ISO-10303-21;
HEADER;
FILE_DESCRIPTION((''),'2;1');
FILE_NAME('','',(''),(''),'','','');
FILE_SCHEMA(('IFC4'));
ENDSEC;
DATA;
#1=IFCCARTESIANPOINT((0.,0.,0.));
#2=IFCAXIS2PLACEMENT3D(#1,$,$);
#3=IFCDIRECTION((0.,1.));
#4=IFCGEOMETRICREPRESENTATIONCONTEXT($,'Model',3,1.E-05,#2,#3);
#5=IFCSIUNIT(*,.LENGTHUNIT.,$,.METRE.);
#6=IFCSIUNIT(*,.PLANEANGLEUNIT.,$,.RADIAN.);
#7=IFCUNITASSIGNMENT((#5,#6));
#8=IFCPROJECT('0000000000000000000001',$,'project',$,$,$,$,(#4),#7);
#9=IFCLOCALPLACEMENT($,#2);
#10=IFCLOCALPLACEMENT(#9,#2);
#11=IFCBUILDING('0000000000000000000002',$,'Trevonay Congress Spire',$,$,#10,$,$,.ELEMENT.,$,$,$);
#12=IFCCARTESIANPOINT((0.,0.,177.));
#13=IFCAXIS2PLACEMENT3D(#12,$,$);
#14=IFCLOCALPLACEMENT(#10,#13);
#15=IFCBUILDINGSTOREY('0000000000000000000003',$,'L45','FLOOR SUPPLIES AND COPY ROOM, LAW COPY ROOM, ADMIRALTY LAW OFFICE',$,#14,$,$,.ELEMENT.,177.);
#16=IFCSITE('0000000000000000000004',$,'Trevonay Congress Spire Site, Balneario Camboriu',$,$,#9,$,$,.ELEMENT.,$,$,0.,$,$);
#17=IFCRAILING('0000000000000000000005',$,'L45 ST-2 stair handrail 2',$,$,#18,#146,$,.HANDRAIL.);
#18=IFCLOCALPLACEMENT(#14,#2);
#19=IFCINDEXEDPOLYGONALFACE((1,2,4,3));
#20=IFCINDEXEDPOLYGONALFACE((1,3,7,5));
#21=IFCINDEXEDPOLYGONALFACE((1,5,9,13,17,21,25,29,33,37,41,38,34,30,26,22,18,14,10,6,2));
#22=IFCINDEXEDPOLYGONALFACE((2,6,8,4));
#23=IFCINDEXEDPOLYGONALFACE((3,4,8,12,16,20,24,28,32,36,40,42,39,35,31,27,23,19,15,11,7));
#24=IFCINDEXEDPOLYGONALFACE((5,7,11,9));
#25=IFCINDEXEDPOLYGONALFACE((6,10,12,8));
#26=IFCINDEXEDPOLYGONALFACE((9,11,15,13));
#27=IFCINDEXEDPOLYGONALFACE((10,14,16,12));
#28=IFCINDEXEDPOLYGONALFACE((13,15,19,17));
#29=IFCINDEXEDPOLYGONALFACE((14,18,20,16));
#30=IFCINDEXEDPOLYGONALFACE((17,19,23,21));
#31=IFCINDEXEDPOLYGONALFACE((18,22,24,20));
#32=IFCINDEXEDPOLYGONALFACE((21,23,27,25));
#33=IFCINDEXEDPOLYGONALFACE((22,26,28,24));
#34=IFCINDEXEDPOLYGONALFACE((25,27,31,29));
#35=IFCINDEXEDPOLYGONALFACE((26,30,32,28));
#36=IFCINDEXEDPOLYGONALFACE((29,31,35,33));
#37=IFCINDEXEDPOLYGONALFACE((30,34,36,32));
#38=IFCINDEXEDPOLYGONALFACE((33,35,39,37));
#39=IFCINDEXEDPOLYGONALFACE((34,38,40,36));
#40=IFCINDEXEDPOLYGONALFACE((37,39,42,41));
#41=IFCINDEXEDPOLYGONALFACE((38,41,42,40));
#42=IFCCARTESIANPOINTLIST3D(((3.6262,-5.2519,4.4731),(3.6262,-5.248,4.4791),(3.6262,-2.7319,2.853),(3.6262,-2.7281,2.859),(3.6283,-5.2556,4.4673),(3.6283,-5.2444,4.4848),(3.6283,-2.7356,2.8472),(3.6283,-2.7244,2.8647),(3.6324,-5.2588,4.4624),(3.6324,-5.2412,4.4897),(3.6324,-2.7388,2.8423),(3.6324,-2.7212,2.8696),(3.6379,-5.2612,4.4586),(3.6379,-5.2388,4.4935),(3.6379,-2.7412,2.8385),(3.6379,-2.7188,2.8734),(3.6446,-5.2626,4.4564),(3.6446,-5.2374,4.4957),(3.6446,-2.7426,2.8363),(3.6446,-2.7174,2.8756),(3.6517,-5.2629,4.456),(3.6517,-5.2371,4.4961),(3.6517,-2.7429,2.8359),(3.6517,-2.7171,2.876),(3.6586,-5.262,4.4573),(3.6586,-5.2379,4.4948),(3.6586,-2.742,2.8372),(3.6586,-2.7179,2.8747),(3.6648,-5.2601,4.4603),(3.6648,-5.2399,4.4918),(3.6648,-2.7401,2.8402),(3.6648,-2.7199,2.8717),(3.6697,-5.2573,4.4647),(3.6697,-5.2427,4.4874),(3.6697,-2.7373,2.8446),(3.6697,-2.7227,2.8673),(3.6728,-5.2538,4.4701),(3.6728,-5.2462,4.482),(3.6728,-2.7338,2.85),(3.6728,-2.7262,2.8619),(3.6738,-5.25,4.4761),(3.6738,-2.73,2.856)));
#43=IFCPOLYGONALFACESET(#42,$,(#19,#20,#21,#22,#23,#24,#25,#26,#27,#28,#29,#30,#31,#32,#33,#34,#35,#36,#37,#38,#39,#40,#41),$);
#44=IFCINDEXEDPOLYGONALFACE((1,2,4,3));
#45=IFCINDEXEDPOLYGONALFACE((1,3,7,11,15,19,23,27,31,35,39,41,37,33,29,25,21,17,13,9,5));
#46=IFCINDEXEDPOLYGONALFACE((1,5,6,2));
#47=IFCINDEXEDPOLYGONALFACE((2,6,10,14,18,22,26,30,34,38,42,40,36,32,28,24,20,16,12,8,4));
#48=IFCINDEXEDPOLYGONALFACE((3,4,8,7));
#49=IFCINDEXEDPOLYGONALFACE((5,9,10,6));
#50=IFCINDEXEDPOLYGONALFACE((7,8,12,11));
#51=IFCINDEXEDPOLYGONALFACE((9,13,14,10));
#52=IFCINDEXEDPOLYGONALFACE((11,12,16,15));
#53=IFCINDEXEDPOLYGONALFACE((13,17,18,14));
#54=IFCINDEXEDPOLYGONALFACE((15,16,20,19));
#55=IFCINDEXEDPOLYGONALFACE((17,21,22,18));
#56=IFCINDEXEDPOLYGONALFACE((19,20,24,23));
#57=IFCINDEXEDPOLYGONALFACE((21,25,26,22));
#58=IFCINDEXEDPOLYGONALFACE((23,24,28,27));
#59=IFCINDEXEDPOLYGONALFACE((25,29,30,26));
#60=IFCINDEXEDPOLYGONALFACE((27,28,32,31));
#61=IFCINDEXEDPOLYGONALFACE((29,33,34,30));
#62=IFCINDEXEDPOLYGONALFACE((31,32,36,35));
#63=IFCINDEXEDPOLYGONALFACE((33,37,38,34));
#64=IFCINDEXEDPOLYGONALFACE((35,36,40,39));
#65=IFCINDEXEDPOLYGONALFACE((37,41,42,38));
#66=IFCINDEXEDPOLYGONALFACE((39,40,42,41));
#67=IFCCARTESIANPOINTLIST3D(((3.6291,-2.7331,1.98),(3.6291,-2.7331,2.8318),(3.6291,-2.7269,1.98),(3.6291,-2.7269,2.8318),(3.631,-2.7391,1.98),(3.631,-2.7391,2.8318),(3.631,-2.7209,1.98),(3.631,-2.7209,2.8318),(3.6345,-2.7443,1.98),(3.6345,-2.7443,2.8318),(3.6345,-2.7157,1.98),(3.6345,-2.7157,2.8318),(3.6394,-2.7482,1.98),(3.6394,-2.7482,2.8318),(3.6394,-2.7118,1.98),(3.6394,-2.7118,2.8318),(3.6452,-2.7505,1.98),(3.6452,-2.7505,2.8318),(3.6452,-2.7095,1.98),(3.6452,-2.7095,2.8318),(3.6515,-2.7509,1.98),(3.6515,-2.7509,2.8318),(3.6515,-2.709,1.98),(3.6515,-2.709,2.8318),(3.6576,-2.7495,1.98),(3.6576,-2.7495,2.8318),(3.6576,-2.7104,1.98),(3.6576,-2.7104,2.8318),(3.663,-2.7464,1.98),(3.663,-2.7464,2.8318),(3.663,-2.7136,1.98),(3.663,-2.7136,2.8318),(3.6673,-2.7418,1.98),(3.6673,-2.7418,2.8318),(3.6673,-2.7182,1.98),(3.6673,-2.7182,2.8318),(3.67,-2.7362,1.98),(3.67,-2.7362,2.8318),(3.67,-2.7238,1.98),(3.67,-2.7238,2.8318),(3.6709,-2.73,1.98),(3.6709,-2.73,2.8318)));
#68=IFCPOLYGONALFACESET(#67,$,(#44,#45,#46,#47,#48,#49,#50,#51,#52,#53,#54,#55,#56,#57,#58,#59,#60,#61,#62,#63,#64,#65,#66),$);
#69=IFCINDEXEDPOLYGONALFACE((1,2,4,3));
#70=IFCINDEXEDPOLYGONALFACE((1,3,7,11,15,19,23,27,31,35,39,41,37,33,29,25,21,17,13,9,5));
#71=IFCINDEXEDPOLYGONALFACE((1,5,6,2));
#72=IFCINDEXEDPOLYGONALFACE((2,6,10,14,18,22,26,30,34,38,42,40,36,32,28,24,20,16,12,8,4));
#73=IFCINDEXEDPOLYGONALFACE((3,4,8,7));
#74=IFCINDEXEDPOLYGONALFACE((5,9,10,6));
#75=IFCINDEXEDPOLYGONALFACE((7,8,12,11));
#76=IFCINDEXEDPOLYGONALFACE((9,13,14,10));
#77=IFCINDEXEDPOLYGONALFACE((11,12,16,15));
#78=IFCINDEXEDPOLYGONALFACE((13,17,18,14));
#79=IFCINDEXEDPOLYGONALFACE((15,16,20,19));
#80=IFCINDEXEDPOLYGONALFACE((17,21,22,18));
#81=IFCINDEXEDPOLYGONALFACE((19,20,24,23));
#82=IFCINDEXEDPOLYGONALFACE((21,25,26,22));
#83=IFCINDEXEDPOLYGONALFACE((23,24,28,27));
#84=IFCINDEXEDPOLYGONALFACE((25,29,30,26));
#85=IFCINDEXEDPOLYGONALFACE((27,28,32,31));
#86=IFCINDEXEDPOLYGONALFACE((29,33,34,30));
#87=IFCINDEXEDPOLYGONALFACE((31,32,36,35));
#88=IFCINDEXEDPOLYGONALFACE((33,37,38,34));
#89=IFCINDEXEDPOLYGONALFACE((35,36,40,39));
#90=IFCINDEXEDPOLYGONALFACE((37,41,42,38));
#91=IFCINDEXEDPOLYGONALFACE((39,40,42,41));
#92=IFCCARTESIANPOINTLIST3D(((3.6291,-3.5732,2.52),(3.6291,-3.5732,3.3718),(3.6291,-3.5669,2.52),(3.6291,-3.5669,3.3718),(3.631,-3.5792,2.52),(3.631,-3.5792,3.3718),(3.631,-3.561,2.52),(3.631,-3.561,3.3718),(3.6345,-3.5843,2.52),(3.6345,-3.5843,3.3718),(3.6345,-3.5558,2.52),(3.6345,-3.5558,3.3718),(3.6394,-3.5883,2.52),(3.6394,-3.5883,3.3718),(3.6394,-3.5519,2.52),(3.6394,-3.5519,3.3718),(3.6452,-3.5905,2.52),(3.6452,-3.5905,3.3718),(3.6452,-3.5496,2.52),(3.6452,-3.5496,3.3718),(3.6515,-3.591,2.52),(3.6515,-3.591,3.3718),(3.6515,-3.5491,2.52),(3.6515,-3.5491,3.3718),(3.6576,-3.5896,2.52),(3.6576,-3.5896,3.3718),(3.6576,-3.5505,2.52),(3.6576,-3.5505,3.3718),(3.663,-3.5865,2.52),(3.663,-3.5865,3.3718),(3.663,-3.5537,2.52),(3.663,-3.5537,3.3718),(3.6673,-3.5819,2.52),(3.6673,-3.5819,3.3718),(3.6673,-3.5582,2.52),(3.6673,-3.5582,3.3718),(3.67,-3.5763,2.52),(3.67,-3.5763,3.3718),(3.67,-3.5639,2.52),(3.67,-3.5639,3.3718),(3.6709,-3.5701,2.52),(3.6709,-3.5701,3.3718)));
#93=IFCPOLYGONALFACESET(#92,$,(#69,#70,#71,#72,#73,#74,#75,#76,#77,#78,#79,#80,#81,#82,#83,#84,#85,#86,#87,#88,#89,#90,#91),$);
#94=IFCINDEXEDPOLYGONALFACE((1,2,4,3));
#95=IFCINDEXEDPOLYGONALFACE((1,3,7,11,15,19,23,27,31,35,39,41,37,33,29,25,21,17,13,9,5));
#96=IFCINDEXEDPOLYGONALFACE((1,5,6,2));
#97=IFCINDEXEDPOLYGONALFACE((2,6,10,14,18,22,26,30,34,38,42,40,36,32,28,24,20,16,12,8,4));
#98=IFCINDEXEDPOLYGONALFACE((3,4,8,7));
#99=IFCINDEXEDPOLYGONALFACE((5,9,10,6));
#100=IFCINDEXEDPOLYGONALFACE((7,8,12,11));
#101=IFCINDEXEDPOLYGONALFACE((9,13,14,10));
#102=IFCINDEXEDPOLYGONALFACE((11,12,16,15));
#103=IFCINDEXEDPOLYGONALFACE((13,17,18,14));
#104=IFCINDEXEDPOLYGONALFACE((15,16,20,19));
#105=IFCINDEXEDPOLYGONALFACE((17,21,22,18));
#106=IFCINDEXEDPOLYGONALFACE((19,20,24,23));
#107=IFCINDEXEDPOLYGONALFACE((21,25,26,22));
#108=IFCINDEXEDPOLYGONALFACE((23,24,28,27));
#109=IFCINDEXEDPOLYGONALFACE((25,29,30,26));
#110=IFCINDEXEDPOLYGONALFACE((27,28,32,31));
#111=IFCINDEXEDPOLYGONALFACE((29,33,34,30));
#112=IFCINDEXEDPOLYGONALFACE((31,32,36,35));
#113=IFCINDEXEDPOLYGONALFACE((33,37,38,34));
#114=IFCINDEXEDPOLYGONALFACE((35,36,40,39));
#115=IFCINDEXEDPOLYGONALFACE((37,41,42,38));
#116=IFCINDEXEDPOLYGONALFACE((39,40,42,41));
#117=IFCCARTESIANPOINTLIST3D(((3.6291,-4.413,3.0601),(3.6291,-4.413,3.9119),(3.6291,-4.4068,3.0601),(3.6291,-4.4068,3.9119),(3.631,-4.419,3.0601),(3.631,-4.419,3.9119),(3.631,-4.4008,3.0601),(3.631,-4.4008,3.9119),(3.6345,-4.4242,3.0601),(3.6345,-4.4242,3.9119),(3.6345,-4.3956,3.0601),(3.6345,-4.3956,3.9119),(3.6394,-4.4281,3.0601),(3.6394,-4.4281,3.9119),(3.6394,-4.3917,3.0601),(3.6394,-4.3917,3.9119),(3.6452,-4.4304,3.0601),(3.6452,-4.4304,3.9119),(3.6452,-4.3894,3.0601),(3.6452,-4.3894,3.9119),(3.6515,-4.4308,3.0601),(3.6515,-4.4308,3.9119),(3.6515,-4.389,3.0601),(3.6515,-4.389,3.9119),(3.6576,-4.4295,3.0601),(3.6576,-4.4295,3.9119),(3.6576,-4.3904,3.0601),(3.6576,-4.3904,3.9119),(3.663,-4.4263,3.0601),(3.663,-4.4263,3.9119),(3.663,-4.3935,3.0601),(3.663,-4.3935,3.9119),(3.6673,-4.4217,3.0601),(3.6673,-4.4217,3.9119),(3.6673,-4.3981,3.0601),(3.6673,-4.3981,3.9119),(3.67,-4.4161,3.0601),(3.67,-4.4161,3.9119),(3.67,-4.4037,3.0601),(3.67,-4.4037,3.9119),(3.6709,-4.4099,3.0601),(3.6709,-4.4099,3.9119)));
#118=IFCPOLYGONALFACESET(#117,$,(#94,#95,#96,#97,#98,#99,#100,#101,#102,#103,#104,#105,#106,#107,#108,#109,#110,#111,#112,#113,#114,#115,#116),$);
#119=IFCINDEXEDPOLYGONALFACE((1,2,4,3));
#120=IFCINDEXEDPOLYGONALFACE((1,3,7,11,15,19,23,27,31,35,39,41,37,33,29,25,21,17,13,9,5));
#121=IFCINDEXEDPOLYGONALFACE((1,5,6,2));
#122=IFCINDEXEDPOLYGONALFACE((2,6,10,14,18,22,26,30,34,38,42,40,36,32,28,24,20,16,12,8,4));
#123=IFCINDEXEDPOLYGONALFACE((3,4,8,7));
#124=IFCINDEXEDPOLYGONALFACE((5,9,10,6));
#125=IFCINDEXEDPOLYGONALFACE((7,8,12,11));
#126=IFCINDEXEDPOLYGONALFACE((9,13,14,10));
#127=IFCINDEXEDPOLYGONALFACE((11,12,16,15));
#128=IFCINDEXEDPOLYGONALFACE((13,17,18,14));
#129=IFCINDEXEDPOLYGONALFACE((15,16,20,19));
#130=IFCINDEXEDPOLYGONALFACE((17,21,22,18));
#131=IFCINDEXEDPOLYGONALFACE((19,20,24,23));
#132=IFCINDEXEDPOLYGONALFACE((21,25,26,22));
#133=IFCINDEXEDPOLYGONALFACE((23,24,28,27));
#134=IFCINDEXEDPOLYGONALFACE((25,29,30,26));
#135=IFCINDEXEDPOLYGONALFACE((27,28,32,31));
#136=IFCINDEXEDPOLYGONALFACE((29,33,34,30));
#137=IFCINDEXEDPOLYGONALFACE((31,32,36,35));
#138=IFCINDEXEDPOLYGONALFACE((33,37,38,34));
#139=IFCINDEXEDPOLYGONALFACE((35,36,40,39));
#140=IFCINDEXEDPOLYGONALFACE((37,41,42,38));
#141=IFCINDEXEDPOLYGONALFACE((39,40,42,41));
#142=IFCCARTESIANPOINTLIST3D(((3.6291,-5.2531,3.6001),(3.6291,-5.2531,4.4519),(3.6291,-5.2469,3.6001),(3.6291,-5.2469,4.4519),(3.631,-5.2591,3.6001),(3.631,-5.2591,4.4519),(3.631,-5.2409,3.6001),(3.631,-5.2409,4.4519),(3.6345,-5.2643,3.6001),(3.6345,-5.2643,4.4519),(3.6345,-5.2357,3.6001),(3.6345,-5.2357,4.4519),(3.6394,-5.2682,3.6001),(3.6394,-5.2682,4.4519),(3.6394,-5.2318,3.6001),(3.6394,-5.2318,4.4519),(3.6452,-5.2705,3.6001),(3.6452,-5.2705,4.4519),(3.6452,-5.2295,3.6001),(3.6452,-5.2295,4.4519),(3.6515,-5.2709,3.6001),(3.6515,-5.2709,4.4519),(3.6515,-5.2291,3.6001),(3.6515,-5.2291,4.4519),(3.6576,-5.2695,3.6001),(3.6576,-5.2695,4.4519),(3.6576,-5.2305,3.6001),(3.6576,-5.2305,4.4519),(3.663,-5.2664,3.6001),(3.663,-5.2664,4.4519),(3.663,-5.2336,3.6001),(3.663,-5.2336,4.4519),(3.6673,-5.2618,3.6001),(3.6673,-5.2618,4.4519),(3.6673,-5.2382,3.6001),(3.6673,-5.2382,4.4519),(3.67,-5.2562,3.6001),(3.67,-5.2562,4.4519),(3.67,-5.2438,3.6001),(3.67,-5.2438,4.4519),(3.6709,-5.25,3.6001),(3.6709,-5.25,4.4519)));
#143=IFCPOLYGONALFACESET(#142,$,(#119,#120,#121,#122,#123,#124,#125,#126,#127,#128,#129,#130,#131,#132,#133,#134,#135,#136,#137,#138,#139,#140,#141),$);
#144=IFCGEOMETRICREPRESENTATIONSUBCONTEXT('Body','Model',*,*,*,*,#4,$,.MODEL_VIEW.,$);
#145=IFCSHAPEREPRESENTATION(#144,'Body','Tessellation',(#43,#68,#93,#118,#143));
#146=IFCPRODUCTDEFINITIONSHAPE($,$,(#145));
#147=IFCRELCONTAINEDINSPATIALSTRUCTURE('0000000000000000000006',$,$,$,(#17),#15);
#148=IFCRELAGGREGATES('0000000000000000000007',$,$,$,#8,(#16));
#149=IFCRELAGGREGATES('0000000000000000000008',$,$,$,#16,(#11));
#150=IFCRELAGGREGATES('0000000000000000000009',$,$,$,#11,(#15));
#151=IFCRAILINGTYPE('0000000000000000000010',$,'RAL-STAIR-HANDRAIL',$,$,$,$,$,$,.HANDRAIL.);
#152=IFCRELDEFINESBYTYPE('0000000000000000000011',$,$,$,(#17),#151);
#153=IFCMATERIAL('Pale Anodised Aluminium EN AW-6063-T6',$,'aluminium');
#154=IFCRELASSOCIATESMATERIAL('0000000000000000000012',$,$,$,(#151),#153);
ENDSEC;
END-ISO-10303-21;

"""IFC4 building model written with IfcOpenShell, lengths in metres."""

from ifc_helpers import new_model, si_unit, direction, frame, origin, origin_2d, place, context, subcontext, project, spatial, circle, extrude, material, type_object, element, save


model = new_model("IFC4")

# Units and contexts
model_context = context("Model", 3, precision=1e-05, world=origin(), true_north=direction((0.0, 1.0)))
body_context = subcontext(model_context, "Body", "Model", "MODEL_VIEW")
ifc_project = project(units=[si_unit("LENGTHUNIT", "METRE"), si_unit("PLANEANGLEUNIT", "RADIAN")], contexts=[model_context])

# Site, building, storey
site_placement = place(None, origin())
site = spatial("IfcSite", under=ifc_project, at=site_placement, Name="Trevonay Congress Spire Site, Balneario Camboriu", CompositionType="ELEMENT", RefElevation=0.0)
building_placement = place(site_placement, origin())
building = spatial("IfcBuilding", under=site, at=building_placement, Name="Trevonay Congress Spire", CompositionType="ELEMENT")
storey_placement = place(building_placement, frame((0.0, 0.0, 177.0)))
storey = spatial("IfcBuildingStorey", under=building, at=storey_placement, Name="L45", Description="FLOOR SUPPLIES AND COPY ROOM, LAW COPY ROOM, ADMIRALTY LAW OFFICE", CompositionType="ELEMENT", Elevation=177.0)

# Railing
ifc_material_1 = material(Name="Pale Anodised Aluminium EN AW-6063-T6", Category="aluminium")
railing_type = type_object("IfcRailingType", Name="RAL-STAIR-HANDRAIL", PredefinedType="HANDRAIL", material=ifc_material_1)
railing_placement = place(storey_placement, frame((3.6499, -2.73, 1.98)))
element("IfcRailing", 1, at=railing_placement, inside=storey, type_object=railing_type, Name="L45 ST-2 stair handrail 2", PredefinedType="HANDRAIL", context=body_context, shape_type="SweptSolid", body=[
    extrude(circle(Radius=0.0239, at=origin_2d()), frame((0.0, 0.0, 0.876), z_axis=(0.0, -0.841163, 0.540782), x_axis=(1.0, 0.0, 0.0)), (0.0, 0.0, 1.0), 2.9958),
    extrude(circle(Radius=0.021, at=origin_2d()), origin(), (0.0, 0.0, 1.0), 0.8518),
    extrude(circle(Radius=0.021, at=origin_2d()), frame((0.0, -0.8401, 0.54)), (0.0, 0.0, 1.0), 0.8518),
    extrude(circle(Radius=0.021, at=origin_2d()), frame((0.0, -1.6799, 1.0801)), (0.0, 0.0, 1.0), 0.8518),
    extrude(circle(Radius=0.021, at=origin_2d()), frame((0.0, -2.52, 1.6201)), (0.0, 0.0, 1.0), 0.8518),
])

save(model, "model.ifc")
